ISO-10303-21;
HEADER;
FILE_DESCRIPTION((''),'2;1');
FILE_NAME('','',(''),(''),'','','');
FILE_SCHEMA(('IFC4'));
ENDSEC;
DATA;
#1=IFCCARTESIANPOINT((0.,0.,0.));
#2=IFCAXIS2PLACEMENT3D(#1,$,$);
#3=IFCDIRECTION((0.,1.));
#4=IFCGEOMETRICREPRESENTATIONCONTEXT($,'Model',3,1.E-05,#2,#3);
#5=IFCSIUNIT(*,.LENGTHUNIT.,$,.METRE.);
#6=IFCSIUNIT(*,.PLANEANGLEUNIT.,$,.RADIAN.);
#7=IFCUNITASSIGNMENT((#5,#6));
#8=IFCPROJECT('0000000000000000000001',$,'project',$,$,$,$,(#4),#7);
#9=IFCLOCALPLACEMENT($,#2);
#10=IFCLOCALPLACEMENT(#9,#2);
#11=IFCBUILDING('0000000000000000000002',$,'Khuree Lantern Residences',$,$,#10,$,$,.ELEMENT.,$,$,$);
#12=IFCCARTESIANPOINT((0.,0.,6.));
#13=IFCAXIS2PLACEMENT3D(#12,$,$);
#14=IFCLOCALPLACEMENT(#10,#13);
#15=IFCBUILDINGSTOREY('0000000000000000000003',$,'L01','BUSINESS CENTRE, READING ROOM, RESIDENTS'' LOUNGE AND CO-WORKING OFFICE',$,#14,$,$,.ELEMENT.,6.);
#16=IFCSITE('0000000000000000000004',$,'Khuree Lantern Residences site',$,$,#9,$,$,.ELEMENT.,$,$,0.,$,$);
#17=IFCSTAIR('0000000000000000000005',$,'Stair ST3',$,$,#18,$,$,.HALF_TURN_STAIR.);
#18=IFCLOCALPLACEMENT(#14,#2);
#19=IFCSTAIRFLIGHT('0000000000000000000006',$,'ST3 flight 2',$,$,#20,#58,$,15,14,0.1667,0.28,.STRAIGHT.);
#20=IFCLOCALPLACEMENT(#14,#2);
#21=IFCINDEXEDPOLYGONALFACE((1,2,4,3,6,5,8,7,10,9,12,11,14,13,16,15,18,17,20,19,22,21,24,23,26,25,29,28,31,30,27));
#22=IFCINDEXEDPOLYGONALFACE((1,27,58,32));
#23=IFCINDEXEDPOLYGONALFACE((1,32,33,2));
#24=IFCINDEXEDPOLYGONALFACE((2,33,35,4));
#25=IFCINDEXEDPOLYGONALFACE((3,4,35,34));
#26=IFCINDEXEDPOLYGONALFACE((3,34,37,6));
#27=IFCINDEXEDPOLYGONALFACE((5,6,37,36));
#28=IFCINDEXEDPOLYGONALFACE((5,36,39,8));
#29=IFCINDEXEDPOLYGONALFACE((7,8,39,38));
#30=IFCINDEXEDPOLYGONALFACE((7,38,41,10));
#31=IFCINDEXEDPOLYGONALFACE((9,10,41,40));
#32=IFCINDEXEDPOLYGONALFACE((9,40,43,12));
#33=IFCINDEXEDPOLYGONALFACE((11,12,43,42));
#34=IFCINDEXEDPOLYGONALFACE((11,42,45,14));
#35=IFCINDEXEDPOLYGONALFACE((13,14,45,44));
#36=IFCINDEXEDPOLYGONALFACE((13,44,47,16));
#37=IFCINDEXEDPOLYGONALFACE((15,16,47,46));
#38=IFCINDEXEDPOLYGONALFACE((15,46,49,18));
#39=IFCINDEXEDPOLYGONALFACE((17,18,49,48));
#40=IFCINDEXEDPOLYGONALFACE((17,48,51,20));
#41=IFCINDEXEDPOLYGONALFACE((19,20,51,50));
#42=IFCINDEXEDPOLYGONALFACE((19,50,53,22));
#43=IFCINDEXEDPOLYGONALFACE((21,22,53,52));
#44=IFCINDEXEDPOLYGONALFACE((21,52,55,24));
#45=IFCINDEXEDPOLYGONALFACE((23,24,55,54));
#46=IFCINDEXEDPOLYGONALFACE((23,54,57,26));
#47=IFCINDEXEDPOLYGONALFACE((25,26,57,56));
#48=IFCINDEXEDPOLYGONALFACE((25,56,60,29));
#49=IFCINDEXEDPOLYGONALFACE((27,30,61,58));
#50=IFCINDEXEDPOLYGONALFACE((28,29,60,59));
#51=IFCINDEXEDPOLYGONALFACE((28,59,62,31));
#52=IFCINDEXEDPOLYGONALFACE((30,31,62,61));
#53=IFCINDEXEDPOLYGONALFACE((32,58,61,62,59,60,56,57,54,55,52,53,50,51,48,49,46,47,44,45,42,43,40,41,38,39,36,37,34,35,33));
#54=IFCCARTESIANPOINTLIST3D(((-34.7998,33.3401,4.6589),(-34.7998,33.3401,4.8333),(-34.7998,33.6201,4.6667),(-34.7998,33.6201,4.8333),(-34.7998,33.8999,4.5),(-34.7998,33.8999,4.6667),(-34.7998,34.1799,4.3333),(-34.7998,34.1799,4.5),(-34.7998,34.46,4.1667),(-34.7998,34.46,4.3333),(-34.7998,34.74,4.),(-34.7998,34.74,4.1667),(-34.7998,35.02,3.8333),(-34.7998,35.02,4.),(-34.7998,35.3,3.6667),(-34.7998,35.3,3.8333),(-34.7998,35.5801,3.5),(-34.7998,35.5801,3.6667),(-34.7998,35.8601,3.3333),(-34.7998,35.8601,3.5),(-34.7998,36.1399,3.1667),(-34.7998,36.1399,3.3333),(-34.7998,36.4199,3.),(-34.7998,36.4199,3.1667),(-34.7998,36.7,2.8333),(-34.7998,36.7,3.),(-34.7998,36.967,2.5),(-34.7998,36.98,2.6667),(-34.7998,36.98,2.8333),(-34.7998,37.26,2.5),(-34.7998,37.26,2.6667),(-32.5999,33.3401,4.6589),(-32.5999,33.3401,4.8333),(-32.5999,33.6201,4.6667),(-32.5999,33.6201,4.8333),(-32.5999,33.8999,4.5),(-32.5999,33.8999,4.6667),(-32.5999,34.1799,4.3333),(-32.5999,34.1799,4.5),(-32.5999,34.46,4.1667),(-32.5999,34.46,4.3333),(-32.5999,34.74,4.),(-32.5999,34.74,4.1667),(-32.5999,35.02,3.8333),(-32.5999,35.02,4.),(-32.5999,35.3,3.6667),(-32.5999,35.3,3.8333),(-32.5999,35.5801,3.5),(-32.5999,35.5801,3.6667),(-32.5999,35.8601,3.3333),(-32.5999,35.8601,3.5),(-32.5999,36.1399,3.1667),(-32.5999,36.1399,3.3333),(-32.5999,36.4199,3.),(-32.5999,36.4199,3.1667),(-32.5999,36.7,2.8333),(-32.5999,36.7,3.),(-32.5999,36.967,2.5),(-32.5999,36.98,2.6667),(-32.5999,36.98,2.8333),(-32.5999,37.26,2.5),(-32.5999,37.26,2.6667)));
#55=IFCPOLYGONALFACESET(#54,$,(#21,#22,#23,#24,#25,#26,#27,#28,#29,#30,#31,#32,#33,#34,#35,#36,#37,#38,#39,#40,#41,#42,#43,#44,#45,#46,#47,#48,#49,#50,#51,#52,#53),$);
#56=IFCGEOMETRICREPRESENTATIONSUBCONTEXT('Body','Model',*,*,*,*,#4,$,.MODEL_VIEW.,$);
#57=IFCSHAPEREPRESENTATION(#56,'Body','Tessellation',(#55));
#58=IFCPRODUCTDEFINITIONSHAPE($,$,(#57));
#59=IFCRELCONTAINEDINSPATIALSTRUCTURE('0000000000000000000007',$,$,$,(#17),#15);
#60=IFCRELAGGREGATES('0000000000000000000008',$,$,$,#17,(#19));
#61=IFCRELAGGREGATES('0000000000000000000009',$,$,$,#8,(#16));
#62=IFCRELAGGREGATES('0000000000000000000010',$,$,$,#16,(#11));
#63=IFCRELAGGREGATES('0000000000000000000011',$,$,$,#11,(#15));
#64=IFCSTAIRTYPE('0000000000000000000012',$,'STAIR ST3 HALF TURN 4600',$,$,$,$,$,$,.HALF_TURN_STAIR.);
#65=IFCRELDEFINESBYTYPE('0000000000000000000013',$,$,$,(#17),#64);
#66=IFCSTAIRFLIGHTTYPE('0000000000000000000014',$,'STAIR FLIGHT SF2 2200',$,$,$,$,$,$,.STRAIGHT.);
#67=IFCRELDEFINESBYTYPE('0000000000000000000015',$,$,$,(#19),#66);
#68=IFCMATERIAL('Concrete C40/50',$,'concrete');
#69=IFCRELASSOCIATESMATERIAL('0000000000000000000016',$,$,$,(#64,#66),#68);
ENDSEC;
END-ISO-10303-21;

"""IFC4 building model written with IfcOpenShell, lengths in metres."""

from ifc_helpers import new_model, si_unit, direction, frame, origin, place, context, subcontext, project, spatial, polyline, outline, extrude, material, type_object, element, aggregate, save


model = new_model("IFC4")

# Units and contexts
model_context = context("Model", 3, precision=1e-05, world=origin(), true_north=direction((0.0, 1.0)))
body_context = subcontext(model_context, "Body", "Model", "MODEL_VIEW")
ifc_project = project(units=[si_unit("LENGTHUNIT", "METRE"), si_unit("PLANEANGLEUNIT", "RADIAN")], contexts=[model_context])

# Site, building, storey
site_placement = place(None, origin())
site = spatial("IfcSite", under=ifc_project, at=site_placement, Name="Khuree Lantern Residences site", CompositionType="ELEMENT", RefElevation=0.0)
building_placement = place(site_placement, origin())
building = spatial("IfcBuilding", under=site, at=building_placement, Name="Khuree Lantern Residences", CompositionType="ELEMENT")
storey_placement = place(building_placement, frame((0.0, 0.0, 6.0)))
storey = spatial("IfcBuildingStorey", under=building, at=storey_placement, Name="L01", Description="BUSINESS CENTRE, READING ROOM, RESIDENTS' LOUNGE AND CO-WORKING OFFICE", CompositionType="ELEMENT", Elevation=6.0)

# Shared definitions
ifc_material_1 = material(Name="Concrete C40/50", Category="concrete")

# Stair, stair flight
stair_type = type_object("IfcStairType", Name="STAIR ST3 HALF TURN 4600", PredefinedType="HALF_TURN_STAIR", material=ifc_material_1)
stair_placement = place(storey_placement, origin())
stair = element("IfcStair", 1, at=stair_placement, inside=storey, type_object=stair_type, Name="Stair ST3", PredefinedType="HALF_TURN_STAIR")
stair_flight_type = type_object("IfcStairFlightType", Name="STAIR FLIGHT SF2 2200", PredefinedType="STRAIGHT", material=ifc_material_1)
stair_flight_1_placement = place(storey_placement, frame((-33.7, 37.26, 2.5), z_axis=(0.0, 0.0, 1.0), x_axis=(0.0, -1.0, 0.0)))
stair_flight_1 = element("IfcStairFlight", 2, at=stair_flight_1_placement, type_object=stair_flight_type, Name="ST3 flight 2", NumberOfRisers=15, NumberOfTreads=14, PredefinedType="STRAIGHT", RiserHeight=0.1667, TreadLength=0.28, context=body_context, shape_type="SweptSolid", body=[
    extrude(outline(polyline([(0.0, 0.0), (0.0, 0.1667), (0.28, 0.1667), (0.28, 0.3333), (0.5601, 0.3333), (0.5601, 0.5), (0.8401, 0.5), (0.8401, 0.6667), (1.1201, 0.6667), (1.1201, 0.8333), (1.3999, 0.8333), (1.3999, 1.0), (1.6799, 1.0), (1.6799, 1.1667), (1.96, 1.1667), (1.96, 1.3333), (2.24, 1.3333), (2.24, 1.5), (2.52, 1.5), (2.52, 1.6667), (2.8, 1.6667), (2.8, 1.8333), (3.0801, 1.8333), (3.0801, 2.0), (3.3601, 2.0), (3.3601, 2.1667), (3.6399, 2.1667), (3.6399, 2.3333), (3.9199, 2.3333), (3.9199, 2.5), (3.9199, 2.1589), (0.293, 0.0), (0.0, 0.0)])), frame((0.0, 1.1001, 0.0), z_axis=(0.0, -1.0, 0.0), x_axis=(1.0, 0.0, 0.0)), (0.0, 0.0, 1.0), 2.2),
])
aggregate(stair, [stair_flight_1])

save(model, "model.ifc")
